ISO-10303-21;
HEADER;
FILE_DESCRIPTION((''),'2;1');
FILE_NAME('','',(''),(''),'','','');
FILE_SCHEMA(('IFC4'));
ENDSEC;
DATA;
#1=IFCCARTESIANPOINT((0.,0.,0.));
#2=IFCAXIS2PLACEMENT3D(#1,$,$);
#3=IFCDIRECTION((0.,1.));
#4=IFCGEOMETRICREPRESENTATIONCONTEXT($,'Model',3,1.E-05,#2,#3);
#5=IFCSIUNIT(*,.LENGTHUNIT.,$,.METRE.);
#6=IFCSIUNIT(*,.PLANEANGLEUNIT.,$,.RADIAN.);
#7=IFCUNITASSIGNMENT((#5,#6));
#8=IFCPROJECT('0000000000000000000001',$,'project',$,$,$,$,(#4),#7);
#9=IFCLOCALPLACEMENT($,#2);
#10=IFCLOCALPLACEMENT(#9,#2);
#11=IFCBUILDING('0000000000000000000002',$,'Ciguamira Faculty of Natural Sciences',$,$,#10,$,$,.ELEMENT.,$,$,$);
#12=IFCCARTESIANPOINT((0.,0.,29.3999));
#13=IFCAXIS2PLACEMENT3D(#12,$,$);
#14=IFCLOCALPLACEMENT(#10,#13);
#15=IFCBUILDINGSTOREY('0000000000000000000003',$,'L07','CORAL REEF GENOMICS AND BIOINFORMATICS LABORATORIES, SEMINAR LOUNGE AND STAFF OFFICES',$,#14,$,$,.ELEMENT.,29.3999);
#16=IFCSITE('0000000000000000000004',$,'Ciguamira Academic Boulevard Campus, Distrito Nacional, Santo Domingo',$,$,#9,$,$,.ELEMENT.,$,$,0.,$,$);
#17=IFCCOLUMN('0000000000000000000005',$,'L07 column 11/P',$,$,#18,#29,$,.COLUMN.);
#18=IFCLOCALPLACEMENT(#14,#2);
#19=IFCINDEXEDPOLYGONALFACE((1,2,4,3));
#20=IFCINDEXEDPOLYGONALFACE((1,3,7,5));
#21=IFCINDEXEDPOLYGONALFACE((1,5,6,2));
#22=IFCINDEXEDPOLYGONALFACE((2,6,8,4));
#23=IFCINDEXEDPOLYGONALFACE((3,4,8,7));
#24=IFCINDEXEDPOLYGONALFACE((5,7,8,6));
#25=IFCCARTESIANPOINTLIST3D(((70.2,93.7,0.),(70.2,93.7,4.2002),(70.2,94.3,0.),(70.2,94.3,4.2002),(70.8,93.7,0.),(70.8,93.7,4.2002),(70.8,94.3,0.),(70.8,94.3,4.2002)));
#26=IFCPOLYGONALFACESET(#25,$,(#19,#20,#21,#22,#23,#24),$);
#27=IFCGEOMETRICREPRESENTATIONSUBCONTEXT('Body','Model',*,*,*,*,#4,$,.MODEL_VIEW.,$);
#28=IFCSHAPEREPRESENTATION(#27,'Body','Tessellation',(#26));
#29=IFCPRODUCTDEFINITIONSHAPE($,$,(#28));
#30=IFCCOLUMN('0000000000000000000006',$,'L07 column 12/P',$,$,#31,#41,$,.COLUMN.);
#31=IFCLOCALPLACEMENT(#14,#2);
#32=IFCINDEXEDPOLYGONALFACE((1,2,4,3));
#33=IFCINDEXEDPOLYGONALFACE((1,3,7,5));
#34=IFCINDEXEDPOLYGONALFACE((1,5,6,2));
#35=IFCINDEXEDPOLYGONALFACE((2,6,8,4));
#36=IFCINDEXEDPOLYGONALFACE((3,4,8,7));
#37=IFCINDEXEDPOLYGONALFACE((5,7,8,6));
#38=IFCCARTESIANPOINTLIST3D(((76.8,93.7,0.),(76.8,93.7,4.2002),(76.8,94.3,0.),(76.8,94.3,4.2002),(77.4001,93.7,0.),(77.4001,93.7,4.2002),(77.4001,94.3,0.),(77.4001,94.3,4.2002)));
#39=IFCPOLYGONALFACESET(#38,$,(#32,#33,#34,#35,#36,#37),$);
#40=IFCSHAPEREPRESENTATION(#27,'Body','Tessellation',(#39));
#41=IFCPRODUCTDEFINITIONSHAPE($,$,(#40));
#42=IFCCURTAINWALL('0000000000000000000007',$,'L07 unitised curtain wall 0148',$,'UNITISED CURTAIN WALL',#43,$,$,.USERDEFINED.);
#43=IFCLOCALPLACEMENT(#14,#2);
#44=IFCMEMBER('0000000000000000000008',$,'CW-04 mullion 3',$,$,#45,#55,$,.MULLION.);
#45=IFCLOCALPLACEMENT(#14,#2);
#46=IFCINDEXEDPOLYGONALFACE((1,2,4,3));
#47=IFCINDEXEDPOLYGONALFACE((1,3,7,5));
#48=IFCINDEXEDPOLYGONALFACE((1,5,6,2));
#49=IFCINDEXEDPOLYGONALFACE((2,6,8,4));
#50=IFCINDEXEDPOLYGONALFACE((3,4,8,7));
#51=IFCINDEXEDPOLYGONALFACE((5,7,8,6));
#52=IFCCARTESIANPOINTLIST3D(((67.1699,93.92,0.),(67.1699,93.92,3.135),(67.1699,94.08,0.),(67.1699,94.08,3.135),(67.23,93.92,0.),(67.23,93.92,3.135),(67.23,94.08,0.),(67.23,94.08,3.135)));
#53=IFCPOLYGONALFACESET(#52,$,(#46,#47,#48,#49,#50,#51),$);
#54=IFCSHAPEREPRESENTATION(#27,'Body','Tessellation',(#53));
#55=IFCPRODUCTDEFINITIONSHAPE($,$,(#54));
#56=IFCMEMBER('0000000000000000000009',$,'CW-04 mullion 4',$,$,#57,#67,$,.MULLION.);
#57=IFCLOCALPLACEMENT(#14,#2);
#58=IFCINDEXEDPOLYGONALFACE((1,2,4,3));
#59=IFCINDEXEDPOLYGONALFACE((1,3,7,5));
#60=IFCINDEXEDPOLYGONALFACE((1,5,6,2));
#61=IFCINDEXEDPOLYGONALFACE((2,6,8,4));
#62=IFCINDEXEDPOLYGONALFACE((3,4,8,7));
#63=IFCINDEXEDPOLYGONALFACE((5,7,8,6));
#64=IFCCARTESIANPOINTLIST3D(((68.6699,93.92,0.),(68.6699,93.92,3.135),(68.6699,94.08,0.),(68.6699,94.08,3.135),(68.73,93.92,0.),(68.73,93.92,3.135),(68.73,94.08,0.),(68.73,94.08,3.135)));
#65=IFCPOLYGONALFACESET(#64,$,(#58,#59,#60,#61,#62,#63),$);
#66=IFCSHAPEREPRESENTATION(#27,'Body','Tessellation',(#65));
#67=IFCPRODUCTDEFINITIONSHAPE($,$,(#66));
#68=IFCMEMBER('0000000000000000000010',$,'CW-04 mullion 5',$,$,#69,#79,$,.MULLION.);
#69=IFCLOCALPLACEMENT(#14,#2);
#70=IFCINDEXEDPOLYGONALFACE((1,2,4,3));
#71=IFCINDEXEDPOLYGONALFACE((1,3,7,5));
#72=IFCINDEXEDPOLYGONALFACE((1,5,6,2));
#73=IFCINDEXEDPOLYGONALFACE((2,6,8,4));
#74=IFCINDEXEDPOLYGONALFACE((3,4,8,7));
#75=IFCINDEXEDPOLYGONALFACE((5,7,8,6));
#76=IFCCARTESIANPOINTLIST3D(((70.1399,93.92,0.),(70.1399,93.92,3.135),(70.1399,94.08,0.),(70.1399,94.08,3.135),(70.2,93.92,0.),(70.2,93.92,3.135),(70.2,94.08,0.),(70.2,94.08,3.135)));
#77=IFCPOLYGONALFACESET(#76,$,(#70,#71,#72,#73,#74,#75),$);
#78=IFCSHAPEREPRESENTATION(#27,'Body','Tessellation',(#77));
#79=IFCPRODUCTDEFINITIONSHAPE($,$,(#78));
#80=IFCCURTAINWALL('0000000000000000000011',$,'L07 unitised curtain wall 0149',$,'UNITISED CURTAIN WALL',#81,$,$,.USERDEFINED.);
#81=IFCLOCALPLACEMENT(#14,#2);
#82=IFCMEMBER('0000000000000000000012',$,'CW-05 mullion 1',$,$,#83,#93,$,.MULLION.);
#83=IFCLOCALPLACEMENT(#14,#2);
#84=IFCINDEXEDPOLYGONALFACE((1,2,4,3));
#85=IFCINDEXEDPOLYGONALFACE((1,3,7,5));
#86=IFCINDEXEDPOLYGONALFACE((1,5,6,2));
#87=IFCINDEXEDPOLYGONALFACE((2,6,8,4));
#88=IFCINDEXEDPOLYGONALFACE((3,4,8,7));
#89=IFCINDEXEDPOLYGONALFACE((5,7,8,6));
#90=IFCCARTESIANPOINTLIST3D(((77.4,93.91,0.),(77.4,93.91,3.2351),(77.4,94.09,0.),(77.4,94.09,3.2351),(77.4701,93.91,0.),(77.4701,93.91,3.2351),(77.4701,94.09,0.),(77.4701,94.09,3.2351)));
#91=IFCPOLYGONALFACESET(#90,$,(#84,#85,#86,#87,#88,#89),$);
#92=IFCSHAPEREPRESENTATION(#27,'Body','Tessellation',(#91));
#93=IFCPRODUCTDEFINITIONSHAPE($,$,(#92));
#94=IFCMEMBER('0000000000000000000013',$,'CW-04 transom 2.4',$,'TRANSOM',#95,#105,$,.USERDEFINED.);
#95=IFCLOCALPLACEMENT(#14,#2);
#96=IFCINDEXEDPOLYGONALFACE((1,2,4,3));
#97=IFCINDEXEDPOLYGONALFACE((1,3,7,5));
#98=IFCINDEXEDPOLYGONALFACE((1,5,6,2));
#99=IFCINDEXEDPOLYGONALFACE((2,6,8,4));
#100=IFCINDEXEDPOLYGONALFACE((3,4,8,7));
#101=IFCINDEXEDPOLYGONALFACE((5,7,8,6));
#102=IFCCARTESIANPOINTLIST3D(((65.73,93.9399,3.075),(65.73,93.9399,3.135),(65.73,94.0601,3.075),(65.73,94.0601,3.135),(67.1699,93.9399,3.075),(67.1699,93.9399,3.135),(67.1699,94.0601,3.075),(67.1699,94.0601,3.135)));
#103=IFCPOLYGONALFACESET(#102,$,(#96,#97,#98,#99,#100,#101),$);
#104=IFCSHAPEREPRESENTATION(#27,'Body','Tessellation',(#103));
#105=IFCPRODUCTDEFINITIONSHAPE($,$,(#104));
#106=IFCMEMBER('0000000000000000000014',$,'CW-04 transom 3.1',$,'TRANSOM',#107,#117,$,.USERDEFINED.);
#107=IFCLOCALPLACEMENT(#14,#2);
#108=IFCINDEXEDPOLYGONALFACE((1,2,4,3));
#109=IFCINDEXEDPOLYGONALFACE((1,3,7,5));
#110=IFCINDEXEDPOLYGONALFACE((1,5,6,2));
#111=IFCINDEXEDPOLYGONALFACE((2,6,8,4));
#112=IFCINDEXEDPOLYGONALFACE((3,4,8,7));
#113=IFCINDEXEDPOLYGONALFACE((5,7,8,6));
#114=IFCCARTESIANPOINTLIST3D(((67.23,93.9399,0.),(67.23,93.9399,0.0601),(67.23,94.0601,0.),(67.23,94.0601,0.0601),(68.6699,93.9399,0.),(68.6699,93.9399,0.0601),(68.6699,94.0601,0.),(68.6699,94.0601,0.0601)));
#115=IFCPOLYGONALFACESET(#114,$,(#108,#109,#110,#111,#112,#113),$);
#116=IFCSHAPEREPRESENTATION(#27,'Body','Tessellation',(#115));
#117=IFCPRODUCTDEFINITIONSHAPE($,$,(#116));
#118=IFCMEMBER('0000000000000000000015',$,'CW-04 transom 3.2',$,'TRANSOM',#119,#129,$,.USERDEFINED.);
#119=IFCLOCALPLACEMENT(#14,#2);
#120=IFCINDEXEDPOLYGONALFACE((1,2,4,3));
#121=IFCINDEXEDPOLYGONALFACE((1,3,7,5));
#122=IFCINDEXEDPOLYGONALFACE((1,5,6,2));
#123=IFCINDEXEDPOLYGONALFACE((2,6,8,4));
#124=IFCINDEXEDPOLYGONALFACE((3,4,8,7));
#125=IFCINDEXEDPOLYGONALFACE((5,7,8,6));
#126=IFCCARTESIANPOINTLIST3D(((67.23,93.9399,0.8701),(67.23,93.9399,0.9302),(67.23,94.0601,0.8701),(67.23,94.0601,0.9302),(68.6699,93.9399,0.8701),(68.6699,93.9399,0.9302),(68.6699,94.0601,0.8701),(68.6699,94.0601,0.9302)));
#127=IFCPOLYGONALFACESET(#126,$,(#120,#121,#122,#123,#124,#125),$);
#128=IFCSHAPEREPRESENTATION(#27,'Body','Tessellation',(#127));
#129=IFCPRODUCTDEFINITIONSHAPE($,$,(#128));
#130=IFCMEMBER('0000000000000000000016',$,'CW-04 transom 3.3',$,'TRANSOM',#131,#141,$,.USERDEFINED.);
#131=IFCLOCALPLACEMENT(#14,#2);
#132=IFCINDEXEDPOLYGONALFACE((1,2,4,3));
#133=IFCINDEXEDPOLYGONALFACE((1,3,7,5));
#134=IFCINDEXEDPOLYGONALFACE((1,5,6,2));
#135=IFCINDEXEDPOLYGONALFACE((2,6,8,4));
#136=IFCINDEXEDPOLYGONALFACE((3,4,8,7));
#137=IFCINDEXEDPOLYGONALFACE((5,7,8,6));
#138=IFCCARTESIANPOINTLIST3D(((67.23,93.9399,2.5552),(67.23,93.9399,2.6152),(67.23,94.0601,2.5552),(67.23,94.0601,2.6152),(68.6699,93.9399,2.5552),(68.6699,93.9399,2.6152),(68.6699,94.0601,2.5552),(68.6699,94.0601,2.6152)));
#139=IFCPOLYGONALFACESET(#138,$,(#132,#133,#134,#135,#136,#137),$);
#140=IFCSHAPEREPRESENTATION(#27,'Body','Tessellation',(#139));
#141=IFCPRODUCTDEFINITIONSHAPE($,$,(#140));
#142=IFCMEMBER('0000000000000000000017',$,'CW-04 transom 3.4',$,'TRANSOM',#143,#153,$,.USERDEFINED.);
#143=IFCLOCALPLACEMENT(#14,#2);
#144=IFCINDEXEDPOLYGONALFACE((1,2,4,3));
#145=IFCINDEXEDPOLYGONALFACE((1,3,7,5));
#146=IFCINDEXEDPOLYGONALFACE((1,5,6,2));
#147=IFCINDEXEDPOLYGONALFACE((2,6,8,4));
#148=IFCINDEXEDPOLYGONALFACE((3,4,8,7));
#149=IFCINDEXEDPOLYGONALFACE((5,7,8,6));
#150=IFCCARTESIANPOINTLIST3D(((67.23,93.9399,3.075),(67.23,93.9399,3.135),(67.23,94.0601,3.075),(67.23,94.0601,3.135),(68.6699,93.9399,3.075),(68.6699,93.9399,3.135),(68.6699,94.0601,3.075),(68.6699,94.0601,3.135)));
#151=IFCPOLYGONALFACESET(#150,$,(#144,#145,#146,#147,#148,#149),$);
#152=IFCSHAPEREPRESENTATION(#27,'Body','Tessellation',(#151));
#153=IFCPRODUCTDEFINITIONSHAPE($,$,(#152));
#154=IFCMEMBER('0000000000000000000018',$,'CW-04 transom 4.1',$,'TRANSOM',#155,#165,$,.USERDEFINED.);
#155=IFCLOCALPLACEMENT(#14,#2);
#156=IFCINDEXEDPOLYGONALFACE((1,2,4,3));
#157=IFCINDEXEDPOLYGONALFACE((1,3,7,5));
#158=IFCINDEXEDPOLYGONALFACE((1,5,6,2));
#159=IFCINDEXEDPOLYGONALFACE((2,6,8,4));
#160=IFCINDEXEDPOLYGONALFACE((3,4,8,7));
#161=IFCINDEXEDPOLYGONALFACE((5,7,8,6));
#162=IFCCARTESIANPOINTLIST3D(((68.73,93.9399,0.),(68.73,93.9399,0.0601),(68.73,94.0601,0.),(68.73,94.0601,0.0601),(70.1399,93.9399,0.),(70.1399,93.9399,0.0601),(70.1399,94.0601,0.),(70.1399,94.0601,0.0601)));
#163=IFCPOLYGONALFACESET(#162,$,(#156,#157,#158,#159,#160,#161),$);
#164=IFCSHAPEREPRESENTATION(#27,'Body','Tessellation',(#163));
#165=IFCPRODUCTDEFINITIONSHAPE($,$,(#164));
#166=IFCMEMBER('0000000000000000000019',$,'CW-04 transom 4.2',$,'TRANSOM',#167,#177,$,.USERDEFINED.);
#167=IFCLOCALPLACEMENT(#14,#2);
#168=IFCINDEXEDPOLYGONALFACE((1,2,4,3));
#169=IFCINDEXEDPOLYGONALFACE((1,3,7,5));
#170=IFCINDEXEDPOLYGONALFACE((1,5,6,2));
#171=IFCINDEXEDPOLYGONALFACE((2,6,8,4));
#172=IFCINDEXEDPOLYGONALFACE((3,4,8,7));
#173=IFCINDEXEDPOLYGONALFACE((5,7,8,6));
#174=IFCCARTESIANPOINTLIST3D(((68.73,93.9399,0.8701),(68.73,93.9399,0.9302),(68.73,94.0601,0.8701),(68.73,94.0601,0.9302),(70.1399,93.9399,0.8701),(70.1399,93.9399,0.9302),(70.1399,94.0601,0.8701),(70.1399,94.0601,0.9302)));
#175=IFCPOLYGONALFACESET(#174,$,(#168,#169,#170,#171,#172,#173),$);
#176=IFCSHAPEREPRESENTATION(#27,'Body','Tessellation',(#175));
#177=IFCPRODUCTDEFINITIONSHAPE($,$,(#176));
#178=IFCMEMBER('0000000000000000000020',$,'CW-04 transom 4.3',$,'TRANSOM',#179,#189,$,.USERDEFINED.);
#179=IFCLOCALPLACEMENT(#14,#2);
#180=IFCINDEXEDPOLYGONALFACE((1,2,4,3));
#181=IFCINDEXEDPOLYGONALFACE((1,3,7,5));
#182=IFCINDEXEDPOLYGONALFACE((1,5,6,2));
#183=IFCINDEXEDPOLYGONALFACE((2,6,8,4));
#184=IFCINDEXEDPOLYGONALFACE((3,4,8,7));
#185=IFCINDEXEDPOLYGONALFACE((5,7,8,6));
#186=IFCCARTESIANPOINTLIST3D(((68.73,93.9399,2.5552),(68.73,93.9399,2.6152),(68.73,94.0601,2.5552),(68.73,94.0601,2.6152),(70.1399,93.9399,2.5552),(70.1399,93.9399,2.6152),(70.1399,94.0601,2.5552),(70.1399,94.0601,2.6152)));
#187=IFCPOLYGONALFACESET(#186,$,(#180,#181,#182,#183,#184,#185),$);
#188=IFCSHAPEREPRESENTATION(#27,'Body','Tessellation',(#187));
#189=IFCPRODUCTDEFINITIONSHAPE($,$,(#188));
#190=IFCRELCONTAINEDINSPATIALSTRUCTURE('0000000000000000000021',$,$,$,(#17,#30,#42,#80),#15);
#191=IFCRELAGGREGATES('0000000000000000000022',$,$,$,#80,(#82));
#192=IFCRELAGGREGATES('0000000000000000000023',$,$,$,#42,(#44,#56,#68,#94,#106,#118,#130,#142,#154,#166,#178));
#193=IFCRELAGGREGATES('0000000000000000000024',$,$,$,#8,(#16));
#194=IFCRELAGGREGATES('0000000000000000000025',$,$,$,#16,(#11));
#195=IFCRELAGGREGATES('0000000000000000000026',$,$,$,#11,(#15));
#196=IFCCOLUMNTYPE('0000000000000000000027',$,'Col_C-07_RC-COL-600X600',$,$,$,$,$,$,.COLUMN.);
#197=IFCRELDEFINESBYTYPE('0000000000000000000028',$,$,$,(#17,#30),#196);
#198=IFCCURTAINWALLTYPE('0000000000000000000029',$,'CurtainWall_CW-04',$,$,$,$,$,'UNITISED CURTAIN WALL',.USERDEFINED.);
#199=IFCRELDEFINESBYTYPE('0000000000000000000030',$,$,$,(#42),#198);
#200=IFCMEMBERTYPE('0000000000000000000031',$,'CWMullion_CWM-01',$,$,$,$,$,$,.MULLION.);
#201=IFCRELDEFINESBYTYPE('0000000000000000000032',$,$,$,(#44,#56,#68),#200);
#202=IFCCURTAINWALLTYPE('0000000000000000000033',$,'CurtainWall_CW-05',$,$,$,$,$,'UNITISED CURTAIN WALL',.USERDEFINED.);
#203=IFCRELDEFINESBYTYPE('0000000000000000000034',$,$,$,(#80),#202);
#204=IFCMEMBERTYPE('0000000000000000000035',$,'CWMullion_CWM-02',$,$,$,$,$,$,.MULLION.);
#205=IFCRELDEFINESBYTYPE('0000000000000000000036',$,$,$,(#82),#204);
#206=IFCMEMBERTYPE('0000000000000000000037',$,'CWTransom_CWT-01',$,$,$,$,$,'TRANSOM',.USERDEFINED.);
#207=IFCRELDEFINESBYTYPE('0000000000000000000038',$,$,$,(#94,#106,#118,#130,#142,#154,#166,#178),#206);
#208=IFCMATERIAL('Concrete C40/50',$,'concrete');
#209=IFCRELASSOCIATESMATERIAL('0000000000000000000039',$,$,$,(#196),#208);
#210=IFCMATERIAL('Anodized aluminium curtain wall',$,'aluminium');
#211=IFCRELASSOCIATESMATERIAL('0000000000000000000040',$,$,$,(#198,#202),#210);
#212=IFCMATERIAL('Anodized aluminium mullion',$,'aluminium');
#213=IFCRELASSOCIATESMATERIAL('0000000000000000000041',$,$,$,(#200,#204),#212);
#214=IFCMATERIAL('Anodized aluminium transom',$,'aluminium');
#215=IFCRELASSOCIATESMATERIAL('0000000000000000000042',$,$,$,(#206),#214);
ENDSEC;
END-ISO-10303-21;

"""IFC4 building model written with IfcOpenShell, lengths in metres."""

from ifc_helpers import new_model, si_unit, direction, frame, origin, origin_2d, place, context, subcontext, project, spatial, rectangle, extrude, material, material_profile, profile_set, type_object, element, aggregate, save


model = new_model("IFC4")

# Units and contexts
model_context = context("Model", 3, precision=1e-05, world=origin(), true_north=direction((0.0, 1.0)))
body_context = subcontext(model_context, "Body", "Model", "MODEL_VIEW")
ifc_project = project(units=[si_unit("LENGTHUNIT", "METRE"), si_unit("PLANEANGLEUNIT", "RADIAN")], contexts=[model_context])

# Site, building, storey
site_placement = place(None, origin())
site = spatial("IfcSite", under=ifc_project, at=site_placement, Name="Ciguamira Academic Boulevard Campus, Distrito Nacional, Santo Domingo", CompositionType="ELEMENT", RefElevation=0.0)
building_placement = place(site_placement, origin())
building = spatial("IfcBuilding", under=site, at=building_placement, Name="Ciguamira Faculty of Natural Sciences", CompositionType="ELEMENT")
storey_placement = place(building_placement, frame((0.0, 0.0, 29.3999)))
storey = spatial("IfcBuildingStorey", under=building, at=storey_placement, Name="L07", Description="CORAL REEF GENOMICS AND BIOINFORMATICS LABORATORIES, SEMINAR LOUNGE AND STAFF OFFICES", CompositionType="ELEMENT", Elevation=29.3999)

# Columns
ifc_material_1 = material(Name="Concrete C40/50", Category="concrete")
ifc_material_profile_1 = material_profile(ifc_material_1, rectangle(XDim=0.6001, YDim=0.6001, at=origin_2d()), Name="RC-COL-600X600")
ifc_profile_set_1 = profile_set([ifc_material_profile_1], Name="Concrete C40/50")
column_type = type_object("IfcColumnType", Name="Col_C-07_RC-COL-600X600", PredefinedType="COLUMN", material=ifc_profile_set_1)
for number, where, z_axis, x_axis, name in (
    (1, (70.5, 94.0, 0.0), (0.0, 0.0, 1.0), (1.0, 0.0, 0.0), "L07 column 11/P"),
    (2, (77.1001, 94.0, 0.0), (0.0, 0.0, 1.0), (1.0, 0.0, 0.0), "L07 column 12/P"),
):
    element("IfcColumn", number, at=place(storey_placement, frame(where, z_axis=z_axis, x_axis=x_axis)), inside=storey, type_object=column_type, Name=name, PredefinedType="COLUMN", context=body_context, shape_type="SweptSolid", body=[
        extrude(rectangle(XDim=0.6001, YDim=0.6001, at=origin_2d()), origin(), (0.0, 0.0, 1.0), 4.2002),
    ])

# Curtain wall, members
ifc_material_2 = material(Name="Anodized aluminium curtain wall", Category="aluminium")
curtain_wall_type_1 = type_object("IfcCurtainWallType", Name="CurtainWall_CW-04", ElementType="UNITISED CURTAIN WALL", PredefinedType="USERDEFINED", material=ifc_material_2)
curtain_wall_1_placement = place(storey_placement, origin())
curtain_wall_1 = element("IfcCurtainWall", 3, at=curtain_wall_1_placement, inside=storey, type_object=curtain_wall_type_1, Name="L07 unitised curtain wall 0148", ObjectType="UNITISED CURTAIN WALL", PredefinedType="USERDEFINED")
ifc_material_3 = material(Name="Anodized aluminium mullion", Category="aluminium")
ifc_material_profile_2 = material_profile(ifc_material_3, rectangle(XDim=0.0601, YDim=0.1599, at=origin_2d()), Name="ALU-MUL-60X160")
ifc_profile_set_2 = profile_set([ifc_material_profile_2], Name="Anodized aluminium mullion")
member_type_1 = type_object("IfcMemberType", Name="CWMullion_CWM-01", PredefinedType="MULLION", material=ifc_profile_set_2)
member_1_placement = place(storey_placement, frame((67.2, 94.0, 0.0), z_axis=(0.0, 0.0, 1.0), x_axis=(1.0, 0.0, 0.0)))
member_1 = element("IfcMember", 4, at=member_1_placement, type_object=member_type_1, Name="CW-04 mullion 3", PredefinedType="MULLION", context=body_context, shape_type="SweptSolid", body=[
    extrude(rectangle(XDim=0.0601, YDim=0.1599, at=origin_2d()), origin(), (0.0, 0.0, 1.0), 3.135),
])
member_2_placement = place(storey_placement, frame((68.7, 94.0, 0.0), z_axis=(0.0, 0.0, 1.0), x_axis=(1.0, 0.0, 0.0)))
member_2 = element("IfcMember", 5, at=member_2_placement, type_object=member_type_1, Name="CW-04 mullion 4", PredefinedType="MULLION", context=body_context, shape_type="SweptSolid", body=[
    extrude(rectangle(XDim=0.0601, YDim=0.1599, at=origin_2d()), origin(), (0.0, 0.0, 1.0), 3.135),
])
member_3_placement = place(storey_placement, frame((70.1699, 94.0, 0.0), z_axis=(0.0, 0.0, 1.0), x_axis=(1.0, 0.0, 0.0)))
member_3 = element("IfcMember", 6, at=member_3_placement, type_object=member_type_1, Name="CW-04 mullion 5", PredefinedType="MULLION", context=body_context, shape_type="SweptSolid", body=[
    extrude(rectangle(XDim=0.0601, YDim=0.1599, at=origin_2d()), origin(), (0.0, 0.0, 1.0), 3.135),
])

# Curtain wall, member
curtain_wall_type_2 = type_object("IfcCurtainWallType", Name="CurtainWall_CW-05", ElementType="UNITISED CURTAIN WALL", PredefinedType="USERDEFINED", material=ifc_material_2)
curtain_wall_2_placement = place(storey_placement, origin())
curtain_wall_2 = element("IfcCurtainWall", 7, at=curtain_wall_2_placement, inside=storey, type_object=curtain_wall_type_2, Name="L07 unitised curtain wall 0149", ObjectType="UNITISED CURTAIN WALL", PredefinedType="USERDEFINED")
ifc_material_profile_3 = material_profile(ifc_material_3, rectangle(XDim=0.0701, YDim=0.1799, at=origin_2d()), Name="ALU-MUL-70X180")
ifc_profile_set_3 = profile_set([ifc_material_profile_3], Name="Anodized aluminium mullion")
member_type_2 = type_object("IfcMemberType", Name="CWMullion_CWM-02", PredefinedType="MULLION", material=ifc_profile_set_3)
member_4_placement = place(storey_placement, frame((77.4351, 94.0, 0.0), z_axis=(0.0, 0.0, 1.0), x_axis=(1.0, 0.0, 0.0)))
member_4 = element("IfcMember", 8, at=member_4_placement, type_object=member_type_2, Name="CW-05 mullion 1", PredefinedType="MULLION", context=body_context, shape_type="SweptSolid", body=[
    extrude(rectangle(XDim=0.0701, YDim=0.1799, at=origin_2d()), origin(), (0.0, 0.0, 1.0), 3.2351),
])
aggregate(curtain_wall_2, [member_4])

# Members
ifc_material_4 = material(Name="Anodized aluminium transom", Category="aluminium")
ifc_material_profile_4 = material_profile(ifc_material_4, rectangle(XDim=0.0601, YDim=0.1201, at=origin_2d()), Name="ALU-TRN-60X120")
ifc_profile_set_4 = profile_set([ifc_material_profile_4], Name="Anodized aluminium transom")
member_type_3 = type_object("IfcMemberType", Name="CWTransom_CWT-01", ElementType="TRANSOM", PredefinedType="USERDEFINED", material=ifc_profile_set_4)
member_5_placement = place(storey_placement, frame((65.73, 94.0, 3.105), z_axis=(1.0, 0.0, 0.0), x_axis=(0.0, 0.0, 1.0)))
member_5 = element("IfcMember", 9, at=member_5_placement, type_object=member_type_3, Name="CW-04 transom 2.4", ObjectType="TRANSOM", PredefinedType="USERDEFINED", context=body_context, shape_type="SweptSolid", body=[
    extrude(rectangle(XDim=0.0601, YDim=0.1201, at=origin_2d()), origin(), (0.0, 0.0, 1.0), 1.4399),
])
member_6_placement = place(storey_placement, frame((67.23, 94.0, 0.03), z_axis=(1.0, 0.0, 0.0), x_axis=(0.0, 0.0, 1.0)))
member_6 = element("IfcMember", 10, at=member_6_placement, type_object=member_type_3, Name="CW-04 transom 3.1", ObjectType="TRANSOM", PredefinedType="USERDEFINED", context=body_context, shape_type="SweptSolid", body=[
    extrude(rectangle(XDim=0.0601, YDim=0.1201, at=origin_2d()), origin(), (0.0, 0.0, 1.0), 1.4399),
])
member_7_placement = place(storey_placement, frame((67.23, 94.0, 0.9001), z_axis=(1.0, 0.0, 0.0), x_axis=(0.0, 0.0, 1.0)))
member_7 = element("IfcMember", 11, at=member_7_placement, type_object=member_type_3, Name="CW-04 transom 3.2", ObjectType="TRANSOM", PredefinedType="USERDEFINED", context=body_context, shape_type="SweptSolid", body=[
    extrude(rectangle(XDim=0.0601, YDim=0.1201, at=origin_2d()), origin(), (0.0, 0.0, 1.0), 1.4399),
])
member_8_placement = place(storey_placement, frame((67.23, 94.0, 2.5852), z_axis=(1.0, 0.0, 0.0), x_axis=(0.0, 0.0, 1.0)))
member_8 = element("IfcMember", 12, at=member_8_placement, type_object=member_type_3, Name="CW-04 transom 3.3", ObjectType="TRANSOM", PredefinedType="USERDEFINED", context=body_context, shape_type="SweptSolid", body=[
    extrude(rectangle(XDim=0.0601, YDim=0.1201, at=origin_2d()), origin(), (0.0, 0.0, 1.0), 1.4399),
])
member_9_placement = place(storey_placement, frame((67.23, 94.0, 3.105), z_axis=(1.0, 0.0, 0.0), x_axis=(0.0, 0.0, 1.0)))
member_9 = element("IfcMember", 13, at=member_9_placement, type_object=member_type_3, Name="CW-04 transom 3.4", ObjectType="TRANSOM", PredefinedType="USERDEFINED", context=body_context, shape_type="SweptSolid", body=[
    extrude(rectangle(XDim=0.0601, YDim=0.1201, at=origin_2d()), origin(), (0.0, 0.0, 1.0), 1.4399),
])
member_10_placement = place(storey_placement, frame((68.73, 94.0, 0.03), z_axis=(1.0, 0.0, 0.0), x_axis=(0.0, 0.0, 1.0)))
member_10 = element("IfcMember", 14, at=member_10_placement, type_object=member_type_3, Name="CW-04 transom 4.1", ObjectType="TRANSOM", PredefinedType="USERDEFINED", context=body_context, shape_type="SweptSolid", body=[
    extrude(rectangle(XDim=0.0601, YDim=0.1201, at=origin_2d()), origin(), (0.0, 0.0, 1.0), 1.4099),
])
member_11_placement = place(storey_placement, frame((68.73, 94.0, 0.9001), z_axis=(1.0, 0.0, 0.0), x_axis=(0.0, 0.0, 1.0)))
member_11 = element("IfcMember", 15, at=member_11_placement, type_object=member_type_3, Name="CW-04 transom 4.2", ObjectType="TRANSOM", PredefinedType="USERDEFINED", context=body_context, shape_type="SweptSolid", body=[
    extrude(rectangle(XDim=0.0601, YDim=0.1201, at=origin_2d()), origin(), (0.0, 0.0, 1.0), 1.4099),
])
member_12_placement = place(storey_placement, frame((68.73, 94.0, 2.5852), z_axis=(1.0, 0.0, 0.0), x_axis=(0.0, 0.0, 1.0)))
member_12 = element("IfcMember", 16, at=member_12_placement, type_object=member_type_3, Name="CW-04 transom 4.3", ObjectType="TRANSOM", PredefinedType="USERDEFINED", context=body_context, shape_type="SweptSolid", body=[
    extrude(rectangle(XDim=0.0601, YDim=0.1201, at=origin_2d()), origin(), (0.0, 0.0, 1.0), 1.4099),
])

aggregate(curtain_wall_1, [member_1, member_2, member_3, member_5, member_6, member_7, member_8, member_9, member_10, member_11, member_12])

save(model, "model.ifc")
